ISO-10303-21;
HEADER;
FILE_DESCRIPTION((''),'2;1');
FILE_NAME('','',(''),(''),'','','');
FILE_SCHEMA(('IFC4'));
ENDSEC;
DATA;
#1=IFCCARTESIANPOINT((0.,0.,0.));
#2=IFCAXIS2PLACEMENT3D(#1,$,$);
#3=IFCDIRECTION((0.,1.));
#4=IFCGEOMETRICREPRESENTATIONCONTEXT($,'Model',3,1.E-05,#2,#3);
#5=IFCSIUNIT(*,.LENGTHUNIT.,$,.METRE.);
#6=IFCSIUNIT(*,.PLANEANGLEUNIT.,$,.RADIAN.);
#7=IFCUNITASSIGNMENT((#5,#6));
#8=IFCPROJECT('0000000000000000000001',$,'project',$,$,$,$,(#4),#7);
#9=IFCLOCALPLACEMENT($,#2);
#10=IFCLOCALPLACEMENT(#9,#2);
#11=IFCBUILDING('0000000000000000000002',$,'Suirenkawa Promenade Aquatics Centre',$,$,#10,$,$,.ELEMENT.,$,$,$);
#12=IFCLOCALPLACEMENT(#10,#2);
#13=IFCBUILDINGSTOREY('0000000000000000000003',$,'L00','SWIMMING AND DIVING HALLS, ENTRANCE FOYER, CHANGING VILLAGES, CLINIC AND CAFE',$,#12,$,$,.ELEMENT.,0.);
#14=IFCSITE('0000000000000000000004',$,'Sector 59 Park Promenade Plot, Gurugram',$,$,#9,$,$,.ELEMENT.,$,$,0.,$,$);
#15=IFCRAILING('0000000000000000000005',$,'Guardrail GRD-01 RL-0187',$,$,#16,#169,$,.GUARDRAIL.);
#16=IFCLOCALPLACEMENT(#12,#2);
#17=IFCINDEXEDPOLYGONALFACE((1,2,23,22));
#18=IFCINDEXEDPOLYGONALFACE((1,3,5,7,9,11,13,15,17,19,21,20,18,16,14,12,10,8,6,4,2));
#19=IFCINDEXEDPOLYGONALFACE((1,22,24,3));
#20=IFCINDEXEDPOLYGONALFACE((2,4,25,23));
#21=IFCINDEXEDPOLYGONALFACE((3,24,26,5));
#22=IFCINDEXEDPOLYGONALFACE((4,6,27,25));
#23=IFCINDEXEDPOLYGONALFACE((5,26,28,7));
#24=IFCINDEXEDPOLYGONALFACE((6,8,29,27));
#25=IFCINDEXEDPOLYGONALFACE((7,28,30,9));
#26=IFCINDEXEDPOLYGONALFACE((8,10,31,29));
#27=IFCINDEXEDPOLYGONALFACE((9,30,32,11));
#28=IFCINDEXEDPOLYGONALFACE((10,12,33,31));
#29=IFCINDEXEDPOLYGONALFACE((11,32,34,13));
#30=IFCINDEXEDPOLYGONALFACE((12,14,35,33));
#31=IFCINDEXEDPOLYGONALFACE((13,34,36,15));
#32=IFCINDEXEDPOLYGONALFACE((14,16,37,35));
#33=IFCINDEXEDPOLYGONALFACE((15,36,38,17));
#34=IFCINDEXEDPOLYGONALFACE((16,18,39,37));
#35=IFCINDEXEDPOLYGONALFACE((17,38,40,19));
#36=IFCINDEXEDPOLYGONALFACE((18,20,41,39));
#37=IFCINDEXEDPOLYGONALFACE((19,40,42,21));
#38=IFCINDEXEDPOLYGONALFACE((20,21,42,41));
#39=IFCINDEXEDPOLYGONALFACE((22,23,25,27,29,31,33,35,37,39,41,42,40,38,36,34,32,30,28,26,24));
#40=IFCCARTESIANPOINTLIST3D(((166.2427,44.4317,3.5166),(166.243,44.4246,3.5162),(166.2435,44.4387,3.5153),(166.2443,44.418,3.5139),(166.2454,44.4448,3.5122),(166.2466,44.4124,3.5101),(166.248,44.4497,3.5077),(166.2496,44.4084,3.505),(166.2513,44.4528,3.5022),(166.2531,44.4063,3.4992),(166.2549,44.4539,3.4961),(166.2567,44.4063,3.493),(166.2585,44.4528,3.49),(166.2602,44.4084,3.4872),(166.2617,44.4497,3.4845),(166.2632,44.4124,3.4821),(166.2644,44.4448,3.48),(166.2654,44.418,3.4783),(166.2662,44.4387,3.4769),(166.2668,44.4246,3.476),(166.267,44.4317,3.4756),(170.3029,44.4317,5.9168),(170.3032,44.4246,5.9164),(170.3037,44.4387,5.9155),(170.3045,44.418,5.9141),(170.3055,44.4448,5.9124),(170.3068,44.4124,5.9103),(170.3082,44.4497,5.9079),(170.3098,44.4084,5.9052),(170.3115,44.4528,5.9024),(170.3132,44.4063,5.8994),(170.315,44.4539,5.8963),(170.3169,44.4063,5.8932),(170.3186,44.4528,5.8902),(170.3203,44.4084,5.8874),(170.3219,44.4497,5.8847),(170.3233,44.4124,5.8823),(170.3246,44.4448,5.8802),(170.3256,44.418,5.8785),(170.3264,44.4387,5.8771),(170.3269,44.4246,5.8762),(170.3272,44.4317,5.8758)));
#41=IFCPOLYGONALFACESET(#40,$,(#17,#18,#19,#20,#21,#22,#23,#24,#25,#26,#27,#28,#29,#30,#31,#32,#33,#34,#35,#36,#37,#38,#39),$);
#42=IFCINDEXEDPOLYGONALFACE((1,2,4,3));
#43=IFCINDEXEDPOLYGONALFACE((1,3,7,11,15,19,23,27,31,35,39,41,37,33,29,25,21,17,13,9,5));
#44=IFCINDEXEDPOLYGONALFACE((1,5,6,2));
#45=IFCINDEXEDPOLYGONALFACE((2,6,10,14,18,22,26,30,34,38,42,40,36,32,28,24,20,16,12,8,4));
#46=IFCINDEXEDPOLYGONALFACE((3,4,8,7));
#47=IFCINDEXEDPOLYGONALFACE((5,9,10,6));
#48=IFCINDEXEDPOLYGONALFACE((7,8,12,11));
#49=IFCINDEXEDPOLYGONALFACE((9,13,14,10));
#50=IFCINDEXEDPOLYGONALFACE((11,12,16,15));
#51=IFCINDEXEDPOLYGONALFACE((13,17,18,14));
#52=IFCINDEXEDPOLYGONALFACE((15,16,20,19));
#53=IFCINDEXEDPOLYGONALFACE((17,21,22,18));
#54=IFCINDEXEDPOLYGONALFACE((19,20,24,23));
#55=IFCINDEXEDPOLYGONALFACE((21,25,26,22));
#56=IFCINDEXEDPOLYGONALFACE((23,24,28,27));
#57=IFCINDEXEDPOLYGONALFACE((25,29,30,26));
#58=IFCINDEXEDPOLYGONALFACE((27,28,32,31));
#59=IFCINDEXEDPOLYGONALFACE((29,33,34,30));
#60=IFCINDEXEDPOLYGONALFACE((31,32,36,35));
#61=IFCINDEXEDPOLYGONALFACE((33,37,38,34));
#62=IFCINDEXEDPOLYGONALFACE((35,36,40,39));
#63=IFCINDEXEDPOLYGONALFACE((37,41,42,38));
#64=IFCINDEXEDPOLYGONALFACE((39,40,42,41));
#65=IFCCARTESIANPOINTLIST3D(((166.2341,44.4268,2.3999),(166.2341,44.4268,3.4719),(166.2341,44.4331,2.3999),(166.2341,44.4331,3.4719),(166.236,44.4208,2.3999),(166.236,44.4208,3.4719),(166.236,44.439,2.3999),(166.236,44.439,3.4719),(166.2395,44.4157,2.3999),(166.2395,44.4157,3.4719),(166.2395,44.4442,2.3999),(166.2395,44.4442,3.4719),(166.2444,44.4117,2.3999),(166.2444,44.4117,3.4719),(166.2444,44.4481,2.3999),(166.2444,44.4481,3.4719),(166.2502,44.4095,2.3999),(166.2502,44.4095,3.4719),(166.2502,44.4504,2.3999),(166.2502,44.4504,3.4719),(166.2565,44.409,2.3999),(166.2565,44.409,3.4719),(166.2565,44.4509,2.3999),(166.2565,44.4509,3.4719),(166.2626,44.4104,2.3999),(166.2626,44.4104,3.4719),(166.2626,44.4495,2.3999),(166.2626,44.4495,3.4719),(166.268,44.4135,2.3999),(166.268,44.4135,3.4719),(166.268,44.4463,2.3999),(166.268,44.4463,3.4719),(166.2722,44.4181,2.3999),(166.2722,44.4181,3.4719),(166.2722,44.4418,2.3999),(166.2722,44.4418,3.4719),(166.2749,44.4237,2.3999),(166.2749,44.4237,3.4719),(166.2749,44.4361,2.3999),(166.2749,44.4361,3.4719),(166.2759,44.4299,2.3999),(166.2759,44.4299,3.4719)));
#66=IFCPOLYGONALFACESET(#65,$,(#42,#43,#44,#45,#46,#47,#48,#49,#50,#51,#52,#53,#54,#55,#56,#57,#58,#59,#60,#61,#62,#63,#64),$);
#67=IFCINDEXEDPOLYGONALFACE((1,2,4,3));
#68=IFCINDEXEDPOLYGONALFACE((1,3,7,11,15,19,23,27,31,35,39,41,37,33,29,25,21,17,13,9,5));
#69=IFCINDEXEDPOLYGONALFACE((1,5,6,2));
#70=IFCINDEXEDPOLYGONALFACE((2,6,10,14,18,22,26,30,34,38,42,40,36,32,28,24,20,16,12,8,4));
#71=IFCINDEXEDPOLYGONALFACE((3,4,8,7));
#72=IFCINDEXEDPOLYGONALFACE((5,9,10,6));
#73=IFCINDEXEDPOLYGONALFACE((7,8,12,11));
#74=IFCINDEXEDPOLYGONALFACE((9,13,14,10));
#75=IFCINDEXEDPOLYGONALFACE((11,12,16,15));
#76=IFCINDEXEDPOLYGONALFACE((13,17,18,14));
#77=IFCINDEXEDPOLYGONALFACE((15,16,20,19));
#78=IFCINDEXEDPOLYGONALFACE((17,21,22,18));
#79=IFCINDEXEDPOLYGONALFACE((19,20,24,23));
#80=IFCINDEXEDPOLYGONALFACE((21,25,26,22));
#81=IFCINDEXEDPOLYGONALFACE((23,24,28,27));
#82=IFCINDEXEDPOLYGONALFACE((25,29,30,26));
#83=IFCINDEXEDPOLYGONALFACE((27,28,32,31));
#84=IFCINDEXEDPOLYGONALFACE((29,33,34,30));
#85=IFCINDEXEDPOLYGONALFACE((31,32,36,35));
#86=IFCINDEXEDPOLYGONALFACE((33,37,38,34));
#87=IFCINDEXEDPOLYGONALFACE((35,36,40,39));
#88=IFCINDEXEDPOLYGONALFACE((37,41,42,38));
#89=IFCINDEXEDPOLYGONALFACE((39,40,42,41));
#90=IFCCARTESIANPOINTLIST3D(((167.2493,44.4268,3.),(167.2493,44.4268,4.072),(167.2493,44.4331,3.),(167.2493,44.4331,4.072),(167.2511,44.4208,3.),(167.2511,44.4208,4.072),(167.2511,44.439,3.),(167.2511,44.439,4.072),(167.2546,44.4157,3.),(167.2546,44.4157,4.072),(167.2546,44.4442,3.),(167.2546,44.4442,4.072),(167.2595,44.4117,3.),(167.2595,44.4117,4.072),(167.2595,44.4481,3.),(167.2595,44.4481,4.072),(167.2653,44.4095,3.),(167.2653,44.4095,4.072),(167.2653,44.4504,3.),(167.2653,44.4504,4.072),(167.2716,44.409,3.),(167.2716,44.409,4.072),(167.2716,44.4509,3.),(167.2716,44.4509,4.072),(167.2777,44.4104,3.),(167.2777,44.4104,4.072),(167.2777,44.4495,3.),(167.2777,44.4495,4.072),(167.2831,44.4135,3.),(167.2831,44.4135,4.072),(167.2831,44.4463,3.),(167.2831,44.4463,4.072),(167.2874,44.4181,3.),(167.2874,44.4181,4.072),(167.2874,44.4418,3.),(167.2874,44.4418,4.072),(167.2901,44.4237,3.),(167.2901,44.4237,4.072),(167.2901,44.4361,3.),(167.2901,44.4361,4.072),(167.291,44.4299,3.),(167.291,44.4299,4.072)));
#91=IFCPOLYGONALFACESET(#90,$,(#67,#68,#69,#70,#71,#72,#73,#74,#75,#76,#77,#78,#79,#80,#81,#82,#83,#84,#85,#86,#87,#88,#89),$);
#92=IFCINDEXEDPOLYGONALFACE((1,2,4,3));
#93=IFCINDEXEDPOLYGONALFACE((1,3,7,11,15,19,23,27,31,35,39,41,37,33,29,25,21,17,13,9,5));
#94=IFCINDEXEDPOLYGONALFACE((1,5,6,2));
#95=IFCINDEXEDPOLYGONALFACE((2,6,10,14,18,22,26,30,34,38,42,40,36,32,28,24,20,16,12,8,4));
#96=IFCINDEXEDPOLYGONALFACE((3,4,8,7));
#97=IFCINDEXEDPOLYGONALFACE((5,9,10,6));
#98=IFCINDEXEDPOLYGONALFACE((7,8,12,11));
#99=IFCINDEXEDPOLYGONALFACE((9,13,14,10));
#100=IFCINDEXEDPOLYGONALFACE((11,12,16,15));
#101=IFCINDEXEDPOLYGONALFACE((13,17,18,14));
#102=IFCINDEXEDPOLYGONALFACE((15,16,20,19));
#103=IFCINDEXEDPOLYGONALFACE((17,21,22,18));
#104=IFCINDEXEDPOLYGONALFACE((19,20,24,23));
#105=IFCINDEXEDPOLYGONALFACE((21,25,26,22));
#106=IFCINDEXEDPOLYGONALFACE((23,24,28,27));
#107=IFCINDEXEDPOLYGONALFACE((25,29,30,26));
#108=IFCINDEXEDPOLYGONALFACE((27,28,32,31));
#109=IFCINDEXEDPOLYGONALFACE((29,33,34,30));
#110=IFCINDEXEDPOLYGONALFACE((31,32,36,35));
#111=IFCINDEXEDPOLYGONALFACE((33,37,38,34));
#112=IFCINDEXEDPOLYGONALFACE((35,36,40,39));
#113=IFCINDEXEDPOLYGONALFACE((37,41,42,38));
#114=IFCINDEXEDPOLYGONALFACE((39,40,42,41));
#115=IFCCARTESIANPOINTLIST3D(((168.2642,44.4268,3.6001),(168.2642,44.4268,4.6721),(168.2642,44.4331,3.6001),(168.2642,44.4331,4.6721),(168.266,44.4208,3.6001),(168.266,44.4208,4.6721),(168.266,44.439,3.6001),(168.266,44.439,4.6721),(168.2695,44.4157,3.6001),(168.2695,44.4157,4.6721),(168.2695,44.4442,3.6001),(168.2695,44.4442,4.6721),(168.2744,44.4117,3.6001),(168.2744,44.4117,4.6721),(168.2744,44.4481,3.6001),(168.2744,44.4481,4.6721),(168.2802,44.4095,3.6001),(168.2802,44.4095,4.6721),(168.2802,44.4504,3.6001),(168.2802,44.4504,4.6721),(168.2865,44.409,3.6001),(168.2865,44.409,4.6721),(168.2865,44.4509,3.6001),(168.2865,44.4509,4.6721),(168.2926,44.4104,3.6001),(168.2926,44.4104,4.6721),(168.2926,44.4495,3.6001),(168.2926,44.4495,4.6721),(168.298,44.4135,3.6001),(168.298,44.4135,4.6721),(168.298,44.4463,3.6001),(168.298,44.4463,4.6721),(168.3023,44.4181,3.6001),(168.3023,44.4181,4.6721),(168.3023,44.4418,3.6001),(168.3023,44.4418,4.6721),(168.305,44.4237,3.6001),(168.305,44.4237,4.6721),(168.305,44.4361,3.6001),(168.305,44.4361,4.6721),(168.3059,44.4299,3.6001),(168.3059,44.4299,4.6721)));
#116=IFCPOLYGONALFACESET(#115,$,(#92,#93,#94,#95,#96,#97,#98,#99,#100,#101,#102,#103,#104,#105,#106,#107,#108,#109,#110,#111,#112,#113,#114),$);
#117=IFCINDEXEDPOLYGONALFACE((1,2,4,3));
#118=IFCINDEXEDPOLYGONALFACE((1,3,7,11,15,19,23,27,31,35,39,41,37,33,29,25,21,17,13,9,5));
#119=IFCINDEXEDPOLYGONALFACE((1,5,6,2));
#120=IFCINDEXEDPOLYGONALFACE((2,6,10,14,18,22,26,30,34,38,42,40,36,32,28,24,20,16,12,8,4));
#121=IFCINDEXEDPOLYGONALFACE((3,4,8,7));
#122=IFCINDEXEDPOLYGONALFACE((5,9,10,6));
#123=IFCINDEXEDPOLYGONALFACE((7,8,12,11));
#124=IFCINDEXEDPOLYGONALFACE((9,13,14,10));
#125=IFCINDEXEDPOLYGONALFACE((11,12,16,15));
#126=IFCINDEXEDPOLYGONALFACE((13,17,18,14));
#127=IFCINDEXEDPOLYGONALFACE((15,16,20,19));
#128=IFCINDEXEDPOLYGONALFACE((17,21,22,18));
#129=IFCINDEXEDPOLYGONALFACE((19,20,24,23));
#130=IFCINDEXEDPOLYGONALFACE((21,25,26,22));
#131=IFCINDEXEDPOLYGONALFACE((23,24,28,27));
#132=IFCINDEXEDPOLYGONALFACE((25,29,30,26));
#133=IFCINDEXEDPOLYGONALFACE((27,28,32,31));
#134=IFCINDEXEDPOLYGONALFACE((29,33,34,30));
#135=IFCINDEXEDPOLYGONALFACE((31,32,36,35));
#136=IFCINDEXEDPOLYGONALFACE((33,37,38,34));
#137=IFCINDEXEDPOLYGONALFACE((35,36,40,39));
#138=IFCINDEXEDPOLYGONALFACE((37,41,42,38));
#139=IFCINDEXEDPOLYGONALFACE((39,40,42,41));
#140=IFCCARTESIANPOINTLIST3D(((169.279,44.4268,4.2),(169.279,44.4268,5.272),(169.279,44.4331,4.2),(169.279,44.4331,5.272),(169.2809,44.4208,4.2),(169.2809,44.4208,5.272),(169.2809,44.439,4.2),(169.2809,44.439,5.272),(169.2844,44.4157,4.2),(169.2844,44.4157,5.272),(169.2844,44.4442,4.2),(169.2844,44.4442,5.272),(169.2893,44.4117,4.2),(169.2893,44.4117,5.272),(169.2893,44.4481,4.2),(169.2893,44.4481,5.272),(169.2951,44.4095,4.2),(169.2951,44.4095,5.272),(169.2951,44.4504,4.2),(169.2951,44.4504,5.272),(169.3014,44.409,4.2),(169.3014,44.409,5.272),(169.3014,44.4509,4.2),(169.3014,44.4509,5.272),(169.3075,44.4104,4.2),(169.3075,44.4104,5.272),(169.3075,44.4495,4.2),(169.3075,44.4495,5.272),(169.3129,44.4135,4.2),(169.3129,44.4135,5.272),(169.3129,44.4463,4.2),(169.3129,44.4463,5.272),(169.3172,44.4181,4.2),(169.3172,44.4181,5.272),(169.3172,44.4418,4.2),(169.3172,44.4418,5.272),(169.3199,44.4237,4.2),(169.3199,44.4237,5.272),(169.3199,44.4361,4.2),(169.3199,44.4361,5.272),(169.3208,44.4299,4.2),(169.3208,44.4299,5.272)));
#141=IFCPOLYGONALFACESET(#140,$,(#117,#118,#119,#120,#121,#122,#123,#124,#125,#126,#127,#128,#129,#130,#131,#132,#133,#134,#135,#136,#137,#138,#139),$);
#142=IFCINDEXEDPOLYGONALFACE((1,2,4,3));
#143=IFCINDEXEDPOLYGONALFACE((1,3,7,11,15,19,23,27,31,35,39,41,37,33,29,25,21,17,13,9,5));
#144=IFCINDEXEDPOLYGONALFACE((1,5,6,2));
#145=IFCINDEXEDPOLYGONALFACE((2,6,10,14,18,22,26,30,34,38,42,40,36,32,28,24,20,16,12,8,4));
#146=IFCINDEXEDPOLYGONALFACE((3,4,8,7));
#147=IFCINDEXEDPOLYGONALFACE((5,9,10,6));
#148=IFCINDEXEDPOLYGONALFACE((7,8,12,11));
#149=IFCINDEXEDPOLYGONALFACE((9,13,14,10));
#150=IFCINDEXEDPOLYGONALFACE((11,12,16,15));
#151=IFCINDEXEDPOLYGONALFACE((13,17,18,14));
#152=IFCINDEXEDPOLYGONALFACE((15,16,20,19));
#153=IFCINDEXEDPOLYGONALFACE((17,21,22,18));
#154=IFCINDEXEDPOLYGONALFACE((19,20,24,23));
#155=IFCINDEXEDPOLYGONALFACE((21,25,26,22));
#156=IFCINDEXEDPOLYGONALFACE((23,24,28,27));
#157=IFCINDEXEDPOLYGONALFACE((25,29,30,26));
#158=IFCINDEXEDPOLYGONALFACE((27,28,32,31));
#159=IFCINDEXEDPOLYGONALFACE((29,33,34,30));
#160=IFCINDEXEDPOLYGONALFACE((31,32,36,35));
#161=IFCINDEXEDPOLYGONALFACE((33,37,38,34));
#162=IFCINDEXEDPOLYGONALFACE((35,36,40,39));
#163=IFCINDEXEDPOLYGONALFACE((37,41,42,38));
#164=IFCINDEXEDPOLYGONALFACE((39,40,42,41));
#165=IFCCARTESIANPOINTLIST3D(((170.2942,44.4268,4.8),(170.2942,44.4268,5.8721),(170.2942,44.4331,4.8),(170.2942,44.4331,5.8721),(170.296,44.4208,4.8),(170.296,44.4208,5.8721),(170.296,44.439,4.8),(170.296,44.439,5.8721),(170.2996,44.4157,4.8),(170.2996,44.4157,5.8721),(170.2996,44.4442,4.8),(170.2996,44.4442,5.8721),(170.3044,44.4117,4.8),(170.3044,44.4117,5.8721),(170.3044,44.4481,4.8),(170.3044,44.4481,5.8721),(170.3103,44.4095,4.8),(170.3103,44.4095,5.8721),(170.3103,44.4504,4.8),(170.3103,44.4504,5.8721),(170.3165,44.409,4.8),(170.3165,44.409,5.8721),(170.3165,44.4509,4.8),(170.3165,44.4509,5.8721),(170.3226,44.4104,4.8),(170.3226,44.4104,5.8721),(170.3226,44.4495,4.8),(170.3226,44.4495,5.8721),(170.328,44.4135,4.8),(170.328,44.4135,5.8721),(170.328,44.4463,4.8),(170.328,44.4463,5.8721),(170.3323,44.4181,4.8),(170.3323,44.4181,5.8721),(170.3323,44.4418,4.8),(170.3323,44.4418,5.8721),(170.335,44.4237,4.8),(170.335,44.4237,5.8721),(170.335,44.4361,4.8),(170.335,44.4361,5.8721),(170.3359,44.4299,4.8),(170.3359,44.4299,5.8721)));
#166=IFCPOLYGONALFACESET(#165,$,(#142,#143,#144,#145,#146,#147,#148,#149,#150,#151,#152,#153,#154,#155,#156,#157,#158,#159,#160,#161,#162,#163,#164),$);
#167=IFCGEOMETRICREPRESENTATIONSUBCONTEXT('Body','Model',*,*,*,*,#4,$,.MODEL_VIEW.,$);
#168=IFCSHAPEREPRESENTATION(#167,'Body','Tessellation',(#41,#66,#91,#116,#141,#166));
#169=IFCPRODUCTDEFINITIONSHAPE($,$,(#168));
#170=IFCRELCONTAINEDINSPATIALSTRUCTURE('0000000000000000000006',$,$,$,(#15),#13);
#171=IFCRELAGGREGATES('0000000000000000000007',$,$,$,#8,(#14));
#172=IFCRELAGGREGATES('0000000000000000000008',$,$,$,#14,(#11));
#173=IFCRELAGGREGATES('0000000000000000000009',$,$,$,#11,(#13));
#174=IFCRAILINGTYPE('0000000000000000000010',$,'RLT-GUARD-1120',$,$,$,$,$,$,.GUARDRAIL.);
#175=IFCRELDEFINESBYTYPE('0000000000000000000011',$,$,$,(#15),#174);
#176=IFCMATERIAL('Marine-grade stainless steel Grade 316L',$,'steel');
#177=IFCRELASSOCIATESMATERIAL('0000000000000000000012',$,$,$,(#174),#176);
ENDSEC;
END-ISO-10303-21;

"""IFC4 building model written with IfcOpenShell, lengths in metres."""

from ifc_helpers import new_model, si_unit, direction, frame, origin, origin_2d, place, context, subcontext, project, spatial, circle, extrude, material, type_object, element, save


model = new_model("IFC4")

# Units and contexts
model_context = context("Model", 3, precision=1e-05, world=origin(), true_north=direction((0.0, 1.0)))
body_context = subcontext(model_context, "Body", "Model", "MODEL_VIEW")
ifc_project = project(units=[si_unit("LENGTHUNIT", "METRE"), si_unit("PLANEANGLEUNIT", "RADIAN")], contexts=[model_context])

# Site, building, storey
site_placement = place(None, origin())
site = spatial("IfcSite", under=ifc_project, at=site_placement, Name="Sector 59 Park Promenade Plot, Gurugram", CompositionType="ELEMENT", RefElevation=0.0)
building_placement = place(site_placement, origin())
building = spatial("IfcBuilding", under=site, at=building_placement, Name="Suirenkawa Promenade Aquatics Centre", CompositionType="ELEMENT")
storey_placement = place(building_placement, origin())
storey = spatial("IfcBuildingStorey", under=building, at=storey_placement, Name="L00", Description="SWIMMING AND DIVING HALLS, ENTRANCE FOYER, CHANGING VILLAGES, CLINIC AND CAFE", CompositionType="ELEMENT", Elevation=0.0)

# Shared definitions
ifc_material_1 = material(Name="Marine-grade stainless steel Grade 316L", Category="steel")

# Railing
railing_type_1 = type_object("IfcRailingType", Name="RLT-GUARD-1120", PredefinedType="GUARDRAIL", material=ifc_material_1)
for number, where, name in (
    (1, (166.2549, 44.4299, 2.3999), "Guardrail GRD-01 RL-0187"),
):
    element("IfcRailing", number, at=place(storey_placement, frame(where)), inside=storey, type_object=railing_type_1, Name=name, PredefinedType="GUARDRAIL", context=body_context, shape_type="SweptSolid", body=[
        extrude(circle(Radius=0.0239, at=origin_2d()), frame((0.0, 0.0, 1.0962), z_axis=(0.860832, 0.0, 0.50889), x_axis=(0.0, 1.0, 0.0)), (0.0, 0.0, 1.0), 4.7166),
        extrude(circle(Radius=0.021, at=origin_2d()), origin(), (0.0, 0.0, 1.0), 1.072),
        extrude(circle(Radius=0.021, at=origin_2d()), frame((1.0151, 0.0, 0.6001)), (0.0, 0.0, 1.0), 1.072),
        extrude(circle(Radius=0.021, at=origin_2d()), frame((2.03, 0.0, 1.2002)), (0.0, 0.0, 1.0), 1.072),
        extrude(circle(Radius=0.021, at=origin_2d()), frame((3.0449, 0.0, 1.8)), (0.0, 0.0, 1.0), 1.072),
        extrude(circle(Radius=0.021, at=origin_2d()), frame((4.0601, 0.0, 2.4001)), (0.0, 0.0, 1.0), 1.072),
    ])

save(model, "model.ifc")
